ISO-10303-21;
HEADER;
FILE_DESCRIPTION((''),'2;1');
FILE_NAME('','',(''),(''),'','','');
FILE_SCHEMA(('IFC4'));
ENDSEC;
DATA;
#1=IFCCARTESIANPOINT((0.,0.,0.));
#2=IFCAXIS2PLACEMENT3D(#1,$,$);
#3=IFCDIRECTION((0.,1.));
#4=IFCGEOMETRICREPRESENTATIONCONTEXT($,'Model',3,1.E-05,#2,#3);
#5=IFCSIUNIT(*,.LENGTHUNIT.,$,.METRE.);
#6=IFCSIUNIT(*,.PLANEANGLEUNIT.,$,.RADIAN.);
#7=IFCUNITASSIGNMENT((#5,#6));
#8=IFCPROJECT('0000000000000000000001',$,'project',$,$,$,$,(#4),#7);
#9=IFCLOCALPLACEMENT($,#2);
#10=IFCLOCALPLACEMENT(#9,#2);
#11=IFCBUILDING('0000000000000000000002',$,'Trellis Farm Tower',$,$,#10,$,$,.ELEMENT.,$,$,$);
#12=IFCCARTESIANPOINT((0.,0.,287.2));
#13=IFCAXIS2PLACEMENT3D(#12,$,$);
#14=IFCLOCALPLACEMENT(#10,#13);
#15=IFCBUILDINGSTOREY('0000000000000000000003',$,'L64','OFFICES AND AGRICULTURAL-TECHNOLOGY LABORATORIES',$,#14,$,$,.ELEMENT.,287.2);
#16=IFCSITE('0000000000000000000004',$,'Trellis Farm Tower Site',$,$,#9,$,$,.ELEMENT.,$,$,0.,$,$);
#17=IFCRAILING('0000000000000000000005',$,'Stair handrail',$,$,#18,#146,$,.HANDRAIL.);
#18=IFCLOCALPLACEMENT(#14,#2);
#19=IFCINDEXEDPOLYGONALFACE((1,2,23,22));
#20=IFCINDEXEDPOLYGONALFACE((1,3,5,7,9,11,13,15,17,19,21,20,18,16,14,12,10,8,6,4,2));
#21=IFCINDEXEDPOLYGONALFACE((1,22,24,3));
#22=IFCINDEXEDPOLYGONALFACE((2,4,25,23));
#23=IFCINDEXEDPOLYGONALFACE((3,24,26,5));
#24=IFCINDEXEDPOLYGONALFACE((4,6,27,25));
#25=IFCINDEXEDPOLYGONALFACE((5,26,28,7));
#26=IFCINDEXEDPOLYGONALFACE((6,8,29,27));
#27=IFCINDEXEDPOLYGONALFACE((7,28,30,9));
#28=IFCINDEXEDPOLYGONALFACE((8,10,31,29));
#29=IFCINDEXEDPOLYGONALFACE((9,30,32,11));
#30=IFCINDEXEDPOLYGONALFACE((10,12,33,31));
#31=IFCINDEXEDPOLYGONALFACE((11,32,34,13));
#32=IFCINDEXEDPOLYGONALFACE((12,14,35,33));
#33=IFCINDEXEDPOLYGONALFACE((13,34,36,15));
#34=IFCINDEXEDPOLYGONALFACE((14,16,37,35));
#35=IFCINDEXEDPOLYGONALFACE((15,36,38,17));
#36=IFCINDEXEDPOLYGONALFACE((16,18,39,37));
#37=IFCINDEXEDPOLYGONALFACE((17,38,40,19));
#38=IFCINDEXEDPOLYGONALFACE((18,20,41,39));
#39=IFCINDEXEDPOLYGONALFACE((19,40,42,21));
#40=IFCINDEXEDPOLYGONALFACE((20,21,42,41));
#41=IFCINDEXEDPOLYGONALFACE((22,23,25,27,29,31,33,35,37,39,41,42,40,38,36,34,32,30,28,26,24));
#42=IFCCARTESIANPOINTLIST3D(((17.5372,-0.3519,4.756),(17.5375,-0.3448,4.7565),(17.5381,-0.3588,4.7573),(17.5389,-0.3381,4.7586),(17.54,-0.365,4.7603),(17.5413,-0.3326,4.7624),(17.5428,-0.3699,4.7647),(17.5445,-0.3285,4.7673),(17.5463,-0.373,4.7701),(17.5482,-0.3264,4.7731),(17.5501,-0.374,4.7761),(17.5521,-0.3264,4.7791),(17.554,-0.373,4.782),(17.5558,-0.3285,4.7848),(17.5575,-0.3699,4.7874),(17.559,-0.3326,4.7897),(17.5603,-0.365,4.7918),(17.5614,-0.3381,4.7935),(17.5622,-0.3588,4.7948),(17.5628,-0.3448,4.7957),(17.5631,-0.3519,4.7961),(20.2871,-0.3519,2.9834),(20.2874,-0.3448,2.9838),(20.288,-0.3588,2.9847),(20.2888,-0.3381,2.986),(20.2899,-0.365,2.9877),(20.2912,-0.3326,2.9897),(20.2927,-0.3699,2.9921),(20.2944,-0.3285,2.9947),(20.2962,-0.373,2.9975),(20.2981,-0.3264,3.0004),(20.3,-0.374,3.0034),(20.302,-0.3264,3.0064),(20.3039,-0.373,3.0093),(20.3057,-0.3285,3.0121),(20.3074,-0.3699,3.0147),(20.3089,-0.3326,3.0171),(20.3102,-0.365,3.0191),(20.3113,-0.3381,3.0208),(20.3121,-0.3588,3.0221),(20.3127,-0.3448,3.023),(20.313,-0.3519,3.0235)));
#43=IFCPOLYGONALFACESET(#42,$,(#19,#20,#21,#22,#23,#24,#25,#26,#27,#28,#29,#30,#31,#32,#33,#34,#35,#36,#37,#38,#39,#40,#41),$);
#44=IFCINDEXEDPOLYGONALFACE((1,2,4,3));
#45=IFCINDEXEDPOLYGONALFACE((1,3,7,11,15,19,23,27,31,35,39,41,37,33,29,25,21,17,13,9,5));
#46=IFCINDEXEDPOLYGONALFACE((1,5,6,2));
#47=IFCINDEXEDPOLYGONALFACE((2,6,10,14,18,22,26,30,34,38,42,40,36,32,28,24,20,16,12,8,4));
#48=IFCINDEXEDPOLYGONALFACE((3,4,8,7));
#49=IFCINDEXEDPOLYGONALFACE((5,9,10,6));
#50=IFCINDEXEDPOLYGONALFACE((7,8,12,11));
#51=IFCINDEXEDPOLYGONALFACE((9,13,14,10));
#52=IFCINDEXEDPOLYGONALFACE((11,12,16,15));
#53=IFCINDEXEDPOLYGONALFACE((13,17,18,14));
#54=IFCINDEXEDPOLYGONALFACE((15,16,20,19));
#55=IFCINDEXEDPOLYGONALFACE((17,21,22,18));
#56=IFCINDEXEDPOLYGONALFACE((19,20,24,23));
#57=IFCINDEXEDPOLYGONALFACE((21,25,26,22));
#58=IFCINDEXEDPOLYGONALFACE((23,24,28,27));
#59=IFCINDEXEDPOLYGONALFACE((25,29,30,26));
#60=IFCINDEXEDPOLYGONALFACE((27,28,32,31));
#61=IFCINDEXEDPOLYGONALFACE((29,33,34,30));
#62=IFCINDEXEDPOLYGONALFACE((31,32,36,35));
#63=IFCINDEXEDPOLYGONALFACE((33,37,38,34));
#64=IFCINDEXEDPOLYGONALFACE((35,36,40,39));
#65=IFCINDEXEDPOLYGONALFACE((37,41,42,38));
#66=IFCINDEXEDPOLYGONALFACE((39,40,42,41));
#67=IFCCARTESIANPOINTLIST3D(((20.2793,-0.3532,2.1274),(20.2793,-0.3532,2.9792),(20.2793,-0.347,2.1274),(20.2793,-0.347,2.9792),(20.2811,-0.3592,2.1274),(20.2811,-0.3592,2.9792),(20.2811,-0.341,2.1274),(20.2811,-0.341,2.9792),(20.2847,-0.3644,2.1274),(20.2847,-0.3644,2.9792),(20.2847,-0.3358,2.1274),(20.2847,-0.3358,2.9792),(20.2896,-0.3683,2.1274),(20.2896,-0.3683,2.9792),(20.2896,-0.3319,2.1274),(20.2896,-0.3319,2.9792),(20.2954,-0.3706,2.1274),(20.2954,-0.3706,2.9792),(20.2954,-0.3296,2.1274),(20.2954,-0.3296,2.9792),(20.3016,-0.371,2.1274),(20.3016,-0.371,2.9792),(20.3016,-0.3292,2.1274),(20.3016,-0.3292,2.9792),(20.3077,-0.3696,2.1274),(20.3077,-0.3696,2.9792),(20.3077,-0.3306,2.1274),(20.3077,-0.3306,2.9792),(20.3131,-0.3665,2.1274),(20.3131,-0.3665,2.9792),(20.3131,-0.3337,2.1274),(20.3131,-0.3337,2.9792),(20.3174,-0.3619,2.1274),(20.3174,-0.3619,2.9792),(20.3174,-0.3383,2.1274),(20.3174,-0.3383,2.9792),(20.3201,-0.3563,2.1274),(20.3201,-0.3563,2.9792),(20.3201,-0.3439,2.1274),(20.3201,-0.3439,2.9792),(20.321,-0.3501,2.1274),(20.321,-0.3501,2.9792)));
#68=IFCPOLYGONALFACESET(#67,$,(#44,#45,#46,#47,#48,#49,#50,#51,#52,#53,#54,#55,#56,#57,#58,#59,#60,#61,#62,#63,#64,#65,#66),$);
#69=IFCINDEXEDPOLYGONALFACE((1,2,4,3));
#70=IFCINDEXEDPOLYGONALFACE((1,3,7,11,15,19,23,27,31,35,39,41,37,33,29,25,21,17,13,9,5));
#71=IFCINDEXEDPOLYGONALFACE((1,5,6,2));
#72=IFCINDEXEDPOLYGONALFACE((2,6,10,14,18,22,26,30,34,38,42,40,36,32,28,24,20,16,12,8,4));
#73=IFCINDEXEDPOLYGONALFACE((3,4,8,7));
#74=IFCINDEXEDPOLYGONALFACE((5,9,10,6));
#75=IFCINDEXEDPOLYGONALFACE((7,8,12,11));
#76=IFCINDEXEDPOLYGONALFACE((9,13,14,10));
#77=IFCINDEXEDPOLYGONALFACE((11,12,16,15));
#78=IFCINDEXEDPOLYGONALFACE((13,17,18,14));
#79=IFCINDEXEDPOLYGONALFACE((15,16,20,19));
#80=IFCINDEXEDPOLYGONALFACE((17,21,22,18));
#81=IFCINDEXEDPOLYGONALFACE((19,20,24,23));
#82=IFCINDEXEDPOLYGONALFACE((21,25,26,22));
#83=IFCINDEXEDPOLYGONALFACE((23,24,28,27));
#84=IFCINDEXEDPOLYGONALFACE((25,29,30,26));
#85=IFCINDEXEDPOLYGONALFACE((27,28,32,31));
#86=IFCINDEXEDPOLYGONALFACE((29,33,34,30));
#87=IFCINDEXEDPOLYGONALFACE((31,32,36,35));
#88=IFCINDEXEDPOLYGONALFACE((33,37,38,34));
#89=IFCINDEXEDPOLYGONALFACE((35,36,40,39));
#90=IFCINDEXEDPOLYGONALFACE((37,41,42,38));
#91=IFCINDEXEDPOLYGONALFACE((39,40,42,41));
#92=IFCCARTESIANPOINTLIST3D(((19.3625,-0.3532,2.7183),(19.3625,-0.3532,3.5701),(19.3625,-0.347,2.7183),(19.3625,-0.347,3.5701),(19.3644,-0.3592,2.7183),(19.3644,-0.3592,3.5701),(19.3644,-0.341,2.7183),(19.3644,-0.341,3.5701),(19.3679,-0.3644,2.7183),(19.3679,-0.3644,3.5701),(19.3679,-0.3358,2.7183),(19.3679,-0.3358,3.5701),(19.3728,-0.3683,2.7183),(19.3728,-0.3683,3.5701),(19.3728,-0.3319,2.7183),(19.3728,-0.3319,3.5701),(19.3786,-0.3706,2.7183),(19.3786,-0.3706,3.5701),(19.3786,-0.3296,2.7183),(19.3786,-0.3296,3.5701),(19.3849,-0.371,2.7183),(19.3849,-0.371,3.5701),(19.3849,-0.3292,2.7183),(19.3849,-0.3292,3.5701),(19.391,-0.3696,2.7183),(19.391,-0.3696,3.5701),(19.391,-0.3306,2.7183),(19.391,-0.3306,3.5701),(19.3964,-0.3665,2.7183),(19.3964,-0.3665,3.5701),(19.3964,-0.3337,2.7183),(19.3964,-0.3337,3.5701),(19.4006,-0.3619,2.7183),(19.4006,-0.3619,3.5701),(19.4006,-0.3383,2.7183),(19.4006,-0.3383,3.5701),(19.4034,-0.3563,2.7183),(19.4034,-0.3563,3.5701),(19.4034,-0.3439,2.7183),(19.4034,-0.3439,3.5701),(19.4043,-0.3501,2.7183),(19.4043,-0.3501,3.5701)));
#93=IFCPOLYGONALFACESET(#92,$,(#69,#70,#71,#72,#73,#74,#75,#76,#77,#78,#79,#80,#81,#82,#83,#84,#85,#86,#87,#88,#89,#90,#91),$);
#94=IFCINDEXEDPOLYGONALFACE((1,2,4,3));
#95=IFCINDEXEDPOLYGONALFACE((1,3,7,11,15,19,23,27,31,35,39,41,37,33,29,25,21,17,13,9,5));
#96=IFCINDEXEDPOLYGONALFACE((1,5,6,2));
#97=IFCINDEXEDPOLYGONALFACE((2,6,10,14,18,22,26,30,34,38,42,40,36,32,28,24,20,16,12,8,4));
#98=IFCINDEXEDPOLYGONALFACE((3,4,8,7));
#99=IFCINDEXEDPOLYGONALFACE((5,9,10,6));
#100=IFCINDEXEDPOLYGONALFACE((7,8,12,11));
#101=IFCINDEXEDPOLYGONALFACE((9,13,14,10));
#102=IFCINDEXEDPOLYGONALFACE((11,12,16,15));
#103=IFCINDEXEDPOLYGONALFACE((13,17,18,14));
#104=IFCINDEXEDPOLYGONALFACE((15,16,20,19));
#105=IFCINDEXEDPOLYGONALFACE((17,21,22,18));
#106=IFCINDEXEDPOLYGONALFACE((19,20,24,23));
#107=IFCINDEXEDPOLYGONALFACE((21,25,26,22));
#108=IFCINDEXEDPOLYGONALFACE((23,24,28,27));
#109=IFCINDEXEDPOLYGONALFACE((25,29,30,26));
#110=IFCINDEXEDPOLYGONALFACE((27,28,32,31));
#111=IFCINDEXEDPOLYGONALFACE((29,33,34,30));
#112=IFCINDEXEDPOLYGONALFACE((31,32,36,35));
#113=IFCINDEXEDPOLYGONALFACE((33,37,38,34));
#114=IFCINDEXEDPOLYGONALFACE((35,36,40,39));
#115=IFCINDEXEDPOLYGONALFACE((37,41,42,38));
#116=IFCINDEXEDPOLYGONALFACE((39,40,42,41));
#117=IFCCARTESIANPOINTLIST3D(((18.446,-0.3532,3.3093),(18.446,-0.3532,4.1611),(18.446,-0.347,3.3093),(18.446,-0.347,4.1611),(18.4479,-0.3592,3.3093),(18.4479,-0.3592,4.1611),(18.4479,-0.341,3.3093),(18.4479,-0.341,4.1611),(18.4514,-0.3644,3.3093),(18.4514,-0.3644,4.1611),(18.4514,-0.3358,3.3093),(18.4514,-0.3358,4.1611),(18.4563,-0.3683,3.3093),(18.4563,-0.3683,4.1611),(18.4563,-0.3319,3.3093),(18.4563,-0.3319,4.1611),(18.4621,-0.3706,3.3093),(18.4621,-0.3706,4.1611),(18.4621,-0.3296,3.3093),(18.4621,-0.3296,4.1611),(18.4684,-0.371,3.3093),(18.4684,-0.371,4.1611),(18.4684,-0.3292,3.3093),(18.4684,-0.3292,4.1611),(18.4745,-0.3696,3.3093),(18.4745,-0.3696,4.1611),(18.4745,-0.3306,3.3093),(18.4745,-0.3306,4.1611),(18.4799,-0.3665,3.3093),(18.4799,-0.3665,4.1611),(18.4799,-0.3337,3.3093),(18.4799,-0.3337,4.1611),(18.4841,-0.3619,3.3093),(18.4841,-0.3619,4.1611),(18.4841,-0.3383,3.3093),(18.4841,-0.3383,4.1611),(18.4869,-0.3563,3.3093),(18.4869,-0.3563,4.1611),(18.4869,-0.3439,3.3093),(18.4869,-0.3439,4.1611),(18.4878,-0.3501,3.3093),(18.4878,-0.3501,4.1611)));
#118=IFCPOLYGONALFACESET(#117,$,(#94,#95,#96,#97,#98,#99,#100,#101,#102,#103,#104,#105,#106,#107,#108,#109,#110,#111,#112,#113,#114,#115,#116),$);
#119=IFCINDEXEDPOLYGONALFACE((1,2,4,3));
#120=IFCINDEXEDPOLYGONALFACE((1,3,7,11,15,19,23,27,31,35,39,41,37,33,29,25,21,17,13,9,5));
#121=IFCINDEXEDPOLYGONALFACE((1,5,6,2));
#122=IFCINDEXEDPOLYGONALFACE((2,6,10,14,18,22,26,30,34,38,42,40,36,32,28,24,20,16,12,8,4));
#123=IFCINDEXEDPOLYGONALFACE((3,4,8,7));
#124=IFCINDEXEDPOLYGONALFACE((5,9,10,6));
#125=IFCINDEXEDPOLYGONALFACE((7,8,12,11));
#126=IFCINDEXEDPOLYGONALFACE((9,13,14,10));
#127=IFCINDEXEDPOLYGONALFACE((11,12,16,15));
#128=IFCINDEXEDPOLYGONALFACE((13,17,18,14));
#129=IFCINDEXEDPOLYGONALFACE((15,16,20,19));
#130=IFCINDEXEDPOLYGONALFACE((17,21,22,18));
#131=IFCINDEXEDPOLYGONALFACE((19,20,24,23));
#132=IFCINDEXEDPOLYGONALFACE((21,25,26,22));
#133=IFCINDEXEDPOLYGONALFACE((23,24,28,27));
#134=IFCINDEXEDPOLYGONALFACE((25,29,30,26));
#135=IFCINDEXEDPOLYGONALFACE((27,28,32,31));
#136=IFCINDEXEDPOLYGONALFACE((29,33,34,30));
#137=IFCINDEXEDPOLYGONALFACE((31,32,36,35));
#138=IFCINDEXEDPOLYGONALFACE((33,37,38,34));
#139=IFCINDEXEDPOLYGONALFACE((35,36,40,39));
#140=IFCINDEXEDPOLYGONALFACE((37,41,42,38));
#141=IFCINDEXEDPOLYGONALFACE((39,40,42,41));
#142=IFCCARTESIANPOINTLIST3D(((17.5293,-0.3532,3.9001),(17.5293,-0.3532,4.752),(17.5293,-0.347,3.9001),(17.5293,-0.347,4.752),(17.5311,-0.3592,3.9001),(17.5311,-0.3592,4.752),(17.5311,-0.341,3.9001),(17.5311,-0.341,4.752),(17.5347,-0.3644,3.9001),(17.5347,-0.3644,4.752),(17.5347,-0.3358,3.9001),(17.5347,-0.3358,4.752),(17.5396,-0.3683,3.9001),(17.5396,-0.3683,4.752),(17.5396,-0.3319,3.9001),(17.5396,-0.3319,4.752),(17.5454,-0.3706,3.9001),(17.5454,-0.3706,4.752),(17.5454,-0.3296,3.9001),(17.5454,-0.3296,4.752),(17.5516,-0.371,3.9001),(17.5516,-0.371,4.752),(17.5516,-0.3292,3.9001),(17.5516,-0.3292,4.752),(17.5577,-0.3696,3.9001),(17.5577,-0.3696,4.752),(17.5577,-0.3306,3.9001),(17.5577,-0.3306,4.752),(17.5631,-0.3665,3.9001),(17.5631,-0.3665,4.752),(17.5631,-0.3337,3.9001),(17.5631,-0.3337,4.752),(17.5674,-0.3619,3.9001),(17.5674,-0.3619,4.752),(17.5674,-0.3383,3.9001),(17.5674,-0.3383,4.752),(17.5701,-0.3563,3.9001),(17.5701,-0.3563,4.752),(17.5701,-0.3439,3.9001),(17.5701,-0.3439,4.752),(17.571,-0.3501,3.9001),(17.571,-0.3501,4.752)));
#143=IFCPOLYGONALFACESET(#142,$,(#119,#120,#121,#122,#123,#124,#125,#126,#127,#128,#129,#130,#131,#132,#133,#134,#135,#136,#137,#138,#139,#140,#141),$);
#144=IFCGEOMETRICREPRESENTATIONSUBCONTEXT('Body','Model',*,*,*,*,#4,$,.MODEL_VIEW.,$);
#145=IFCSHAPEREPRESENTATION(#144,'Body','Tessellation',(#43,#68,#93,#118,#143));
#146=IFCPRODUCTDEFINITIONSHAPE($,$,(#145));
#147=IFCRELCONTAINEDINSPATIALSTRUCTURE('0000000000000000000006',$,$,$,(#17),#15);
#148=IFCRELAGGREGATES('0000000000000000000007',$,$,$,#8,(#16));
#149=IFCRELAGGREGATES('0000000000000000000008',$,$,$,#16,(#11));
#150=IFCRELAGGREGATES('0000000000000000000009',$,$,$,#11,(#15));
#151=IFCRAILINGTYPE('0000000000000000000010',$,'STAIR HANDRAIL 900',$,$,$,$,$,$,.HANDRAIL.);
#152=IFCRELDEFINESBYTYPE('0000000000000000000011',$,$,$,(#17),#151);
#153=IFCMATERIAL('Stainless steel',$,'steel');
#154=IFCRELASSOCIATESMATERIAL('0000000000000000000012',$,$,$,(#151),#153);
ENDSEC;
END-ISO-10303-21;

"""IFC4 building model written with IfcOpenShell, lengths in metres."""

from ifc_helpers import new_model, si_unit, direction, frame, origin, origin_2d, place, context, subcontext, project, spatial, circle, extrude, source, transform, mapped, material, type_object, element, save


model = new_model("IFC4")

# Units and contexts
model_context = context("Model", 3, precision=1e-05, world=origin(), true_north=direction((0.0, 1.0)))
body_context = subcontext(model_context, "Body", "Model", "MODEL_VIEW")
ifc_project = project(units=[si_unit("LENGTHUNIT", "METRE"), si_unit("PLANEANGLEUNIT", "RADIAN")], contexts=[model_context])

# Site, building, storey
site_placement = place(None, origin())
site = spatial("IfcSite", under=ifc_project, at=site_placement, Name="Trellis Farm Tower Site", CompositionType="ELEMENT", RefElevation=0.0)
building_placement = place(site_placement, origin())
building = spatial("IfcBuilding", under=site, at=building_placement, Name="Trellis Farm Tower", CompositionType="ELEMENT")
storey_placement = place(building_placement, frame((0.0, 0.0, 287.2)))
storey = spatial("IfcBuildingStorey", under=building, at=storey_placement, Name="L64", Description="OFFICES AND AGRICULTURAL-TECHNOLOGY LABORATORIES", CompositionType="ELEMENT", Elevation=287.2)

# Railing
ifc_material_1 = material(Name="Stainless steel", Category="steel")
railing_type = type_object("IfcRailingType", Name="STAIR HANDRAIL 900", PredefinedType="HANDRAIL", material=ifc_material_1)
shared_shape_1 = source(origin(), body_context, "Body", "SweptSolid", [
    extrude(circle(Radius=0.0239, at=origin_2d()), frame((0.0, 0.0, 0.876), z_axis=(-0.840504, 0.0, 0.541806), x_axis=(0.0, -1.0, 0.0)), (0.0, 0.0, 1.0), 3.2717),
    extrude(circle(Radius=0.021, at=origin_2d()), origin(), (0.0, 0.0, 1.0), 0.8518),
    extrude(circle(Radius=0.021, at=origin_2d()), frame((-0.9167, 0.0, 0.5908)), (0.0, 0.0, 1.0), 0.8518),
    extrude(circle(Radius=0.021, at=origin_2d()), frame((-1.8333, 0.0, 1.1819)), (0.0, 0.0, 1.0), 0.8518),
    extrude(circle(Radius=0.021, at=origin_2d()), frame((-2.75, 0.0, 1.7727)), (0.0, 0.0, 1.0), 0.8518),
])
for number, where, name in (
    (1, (20.3, -0.3501, 2.1274), "Stair handrail"),
):
    element("IfcRailing", number, at=place(storey_placement, frame(where)), inside=storey, type_object=railing_type, Name=name, PredefinedType="HANDRAIL", context=body_context, shape_type="MappedRepresentation", body=[
        mapped(shared_shape_1, transform((0.0, 0.0, 0.0))),
    ])

save(model, "model.ifc")
